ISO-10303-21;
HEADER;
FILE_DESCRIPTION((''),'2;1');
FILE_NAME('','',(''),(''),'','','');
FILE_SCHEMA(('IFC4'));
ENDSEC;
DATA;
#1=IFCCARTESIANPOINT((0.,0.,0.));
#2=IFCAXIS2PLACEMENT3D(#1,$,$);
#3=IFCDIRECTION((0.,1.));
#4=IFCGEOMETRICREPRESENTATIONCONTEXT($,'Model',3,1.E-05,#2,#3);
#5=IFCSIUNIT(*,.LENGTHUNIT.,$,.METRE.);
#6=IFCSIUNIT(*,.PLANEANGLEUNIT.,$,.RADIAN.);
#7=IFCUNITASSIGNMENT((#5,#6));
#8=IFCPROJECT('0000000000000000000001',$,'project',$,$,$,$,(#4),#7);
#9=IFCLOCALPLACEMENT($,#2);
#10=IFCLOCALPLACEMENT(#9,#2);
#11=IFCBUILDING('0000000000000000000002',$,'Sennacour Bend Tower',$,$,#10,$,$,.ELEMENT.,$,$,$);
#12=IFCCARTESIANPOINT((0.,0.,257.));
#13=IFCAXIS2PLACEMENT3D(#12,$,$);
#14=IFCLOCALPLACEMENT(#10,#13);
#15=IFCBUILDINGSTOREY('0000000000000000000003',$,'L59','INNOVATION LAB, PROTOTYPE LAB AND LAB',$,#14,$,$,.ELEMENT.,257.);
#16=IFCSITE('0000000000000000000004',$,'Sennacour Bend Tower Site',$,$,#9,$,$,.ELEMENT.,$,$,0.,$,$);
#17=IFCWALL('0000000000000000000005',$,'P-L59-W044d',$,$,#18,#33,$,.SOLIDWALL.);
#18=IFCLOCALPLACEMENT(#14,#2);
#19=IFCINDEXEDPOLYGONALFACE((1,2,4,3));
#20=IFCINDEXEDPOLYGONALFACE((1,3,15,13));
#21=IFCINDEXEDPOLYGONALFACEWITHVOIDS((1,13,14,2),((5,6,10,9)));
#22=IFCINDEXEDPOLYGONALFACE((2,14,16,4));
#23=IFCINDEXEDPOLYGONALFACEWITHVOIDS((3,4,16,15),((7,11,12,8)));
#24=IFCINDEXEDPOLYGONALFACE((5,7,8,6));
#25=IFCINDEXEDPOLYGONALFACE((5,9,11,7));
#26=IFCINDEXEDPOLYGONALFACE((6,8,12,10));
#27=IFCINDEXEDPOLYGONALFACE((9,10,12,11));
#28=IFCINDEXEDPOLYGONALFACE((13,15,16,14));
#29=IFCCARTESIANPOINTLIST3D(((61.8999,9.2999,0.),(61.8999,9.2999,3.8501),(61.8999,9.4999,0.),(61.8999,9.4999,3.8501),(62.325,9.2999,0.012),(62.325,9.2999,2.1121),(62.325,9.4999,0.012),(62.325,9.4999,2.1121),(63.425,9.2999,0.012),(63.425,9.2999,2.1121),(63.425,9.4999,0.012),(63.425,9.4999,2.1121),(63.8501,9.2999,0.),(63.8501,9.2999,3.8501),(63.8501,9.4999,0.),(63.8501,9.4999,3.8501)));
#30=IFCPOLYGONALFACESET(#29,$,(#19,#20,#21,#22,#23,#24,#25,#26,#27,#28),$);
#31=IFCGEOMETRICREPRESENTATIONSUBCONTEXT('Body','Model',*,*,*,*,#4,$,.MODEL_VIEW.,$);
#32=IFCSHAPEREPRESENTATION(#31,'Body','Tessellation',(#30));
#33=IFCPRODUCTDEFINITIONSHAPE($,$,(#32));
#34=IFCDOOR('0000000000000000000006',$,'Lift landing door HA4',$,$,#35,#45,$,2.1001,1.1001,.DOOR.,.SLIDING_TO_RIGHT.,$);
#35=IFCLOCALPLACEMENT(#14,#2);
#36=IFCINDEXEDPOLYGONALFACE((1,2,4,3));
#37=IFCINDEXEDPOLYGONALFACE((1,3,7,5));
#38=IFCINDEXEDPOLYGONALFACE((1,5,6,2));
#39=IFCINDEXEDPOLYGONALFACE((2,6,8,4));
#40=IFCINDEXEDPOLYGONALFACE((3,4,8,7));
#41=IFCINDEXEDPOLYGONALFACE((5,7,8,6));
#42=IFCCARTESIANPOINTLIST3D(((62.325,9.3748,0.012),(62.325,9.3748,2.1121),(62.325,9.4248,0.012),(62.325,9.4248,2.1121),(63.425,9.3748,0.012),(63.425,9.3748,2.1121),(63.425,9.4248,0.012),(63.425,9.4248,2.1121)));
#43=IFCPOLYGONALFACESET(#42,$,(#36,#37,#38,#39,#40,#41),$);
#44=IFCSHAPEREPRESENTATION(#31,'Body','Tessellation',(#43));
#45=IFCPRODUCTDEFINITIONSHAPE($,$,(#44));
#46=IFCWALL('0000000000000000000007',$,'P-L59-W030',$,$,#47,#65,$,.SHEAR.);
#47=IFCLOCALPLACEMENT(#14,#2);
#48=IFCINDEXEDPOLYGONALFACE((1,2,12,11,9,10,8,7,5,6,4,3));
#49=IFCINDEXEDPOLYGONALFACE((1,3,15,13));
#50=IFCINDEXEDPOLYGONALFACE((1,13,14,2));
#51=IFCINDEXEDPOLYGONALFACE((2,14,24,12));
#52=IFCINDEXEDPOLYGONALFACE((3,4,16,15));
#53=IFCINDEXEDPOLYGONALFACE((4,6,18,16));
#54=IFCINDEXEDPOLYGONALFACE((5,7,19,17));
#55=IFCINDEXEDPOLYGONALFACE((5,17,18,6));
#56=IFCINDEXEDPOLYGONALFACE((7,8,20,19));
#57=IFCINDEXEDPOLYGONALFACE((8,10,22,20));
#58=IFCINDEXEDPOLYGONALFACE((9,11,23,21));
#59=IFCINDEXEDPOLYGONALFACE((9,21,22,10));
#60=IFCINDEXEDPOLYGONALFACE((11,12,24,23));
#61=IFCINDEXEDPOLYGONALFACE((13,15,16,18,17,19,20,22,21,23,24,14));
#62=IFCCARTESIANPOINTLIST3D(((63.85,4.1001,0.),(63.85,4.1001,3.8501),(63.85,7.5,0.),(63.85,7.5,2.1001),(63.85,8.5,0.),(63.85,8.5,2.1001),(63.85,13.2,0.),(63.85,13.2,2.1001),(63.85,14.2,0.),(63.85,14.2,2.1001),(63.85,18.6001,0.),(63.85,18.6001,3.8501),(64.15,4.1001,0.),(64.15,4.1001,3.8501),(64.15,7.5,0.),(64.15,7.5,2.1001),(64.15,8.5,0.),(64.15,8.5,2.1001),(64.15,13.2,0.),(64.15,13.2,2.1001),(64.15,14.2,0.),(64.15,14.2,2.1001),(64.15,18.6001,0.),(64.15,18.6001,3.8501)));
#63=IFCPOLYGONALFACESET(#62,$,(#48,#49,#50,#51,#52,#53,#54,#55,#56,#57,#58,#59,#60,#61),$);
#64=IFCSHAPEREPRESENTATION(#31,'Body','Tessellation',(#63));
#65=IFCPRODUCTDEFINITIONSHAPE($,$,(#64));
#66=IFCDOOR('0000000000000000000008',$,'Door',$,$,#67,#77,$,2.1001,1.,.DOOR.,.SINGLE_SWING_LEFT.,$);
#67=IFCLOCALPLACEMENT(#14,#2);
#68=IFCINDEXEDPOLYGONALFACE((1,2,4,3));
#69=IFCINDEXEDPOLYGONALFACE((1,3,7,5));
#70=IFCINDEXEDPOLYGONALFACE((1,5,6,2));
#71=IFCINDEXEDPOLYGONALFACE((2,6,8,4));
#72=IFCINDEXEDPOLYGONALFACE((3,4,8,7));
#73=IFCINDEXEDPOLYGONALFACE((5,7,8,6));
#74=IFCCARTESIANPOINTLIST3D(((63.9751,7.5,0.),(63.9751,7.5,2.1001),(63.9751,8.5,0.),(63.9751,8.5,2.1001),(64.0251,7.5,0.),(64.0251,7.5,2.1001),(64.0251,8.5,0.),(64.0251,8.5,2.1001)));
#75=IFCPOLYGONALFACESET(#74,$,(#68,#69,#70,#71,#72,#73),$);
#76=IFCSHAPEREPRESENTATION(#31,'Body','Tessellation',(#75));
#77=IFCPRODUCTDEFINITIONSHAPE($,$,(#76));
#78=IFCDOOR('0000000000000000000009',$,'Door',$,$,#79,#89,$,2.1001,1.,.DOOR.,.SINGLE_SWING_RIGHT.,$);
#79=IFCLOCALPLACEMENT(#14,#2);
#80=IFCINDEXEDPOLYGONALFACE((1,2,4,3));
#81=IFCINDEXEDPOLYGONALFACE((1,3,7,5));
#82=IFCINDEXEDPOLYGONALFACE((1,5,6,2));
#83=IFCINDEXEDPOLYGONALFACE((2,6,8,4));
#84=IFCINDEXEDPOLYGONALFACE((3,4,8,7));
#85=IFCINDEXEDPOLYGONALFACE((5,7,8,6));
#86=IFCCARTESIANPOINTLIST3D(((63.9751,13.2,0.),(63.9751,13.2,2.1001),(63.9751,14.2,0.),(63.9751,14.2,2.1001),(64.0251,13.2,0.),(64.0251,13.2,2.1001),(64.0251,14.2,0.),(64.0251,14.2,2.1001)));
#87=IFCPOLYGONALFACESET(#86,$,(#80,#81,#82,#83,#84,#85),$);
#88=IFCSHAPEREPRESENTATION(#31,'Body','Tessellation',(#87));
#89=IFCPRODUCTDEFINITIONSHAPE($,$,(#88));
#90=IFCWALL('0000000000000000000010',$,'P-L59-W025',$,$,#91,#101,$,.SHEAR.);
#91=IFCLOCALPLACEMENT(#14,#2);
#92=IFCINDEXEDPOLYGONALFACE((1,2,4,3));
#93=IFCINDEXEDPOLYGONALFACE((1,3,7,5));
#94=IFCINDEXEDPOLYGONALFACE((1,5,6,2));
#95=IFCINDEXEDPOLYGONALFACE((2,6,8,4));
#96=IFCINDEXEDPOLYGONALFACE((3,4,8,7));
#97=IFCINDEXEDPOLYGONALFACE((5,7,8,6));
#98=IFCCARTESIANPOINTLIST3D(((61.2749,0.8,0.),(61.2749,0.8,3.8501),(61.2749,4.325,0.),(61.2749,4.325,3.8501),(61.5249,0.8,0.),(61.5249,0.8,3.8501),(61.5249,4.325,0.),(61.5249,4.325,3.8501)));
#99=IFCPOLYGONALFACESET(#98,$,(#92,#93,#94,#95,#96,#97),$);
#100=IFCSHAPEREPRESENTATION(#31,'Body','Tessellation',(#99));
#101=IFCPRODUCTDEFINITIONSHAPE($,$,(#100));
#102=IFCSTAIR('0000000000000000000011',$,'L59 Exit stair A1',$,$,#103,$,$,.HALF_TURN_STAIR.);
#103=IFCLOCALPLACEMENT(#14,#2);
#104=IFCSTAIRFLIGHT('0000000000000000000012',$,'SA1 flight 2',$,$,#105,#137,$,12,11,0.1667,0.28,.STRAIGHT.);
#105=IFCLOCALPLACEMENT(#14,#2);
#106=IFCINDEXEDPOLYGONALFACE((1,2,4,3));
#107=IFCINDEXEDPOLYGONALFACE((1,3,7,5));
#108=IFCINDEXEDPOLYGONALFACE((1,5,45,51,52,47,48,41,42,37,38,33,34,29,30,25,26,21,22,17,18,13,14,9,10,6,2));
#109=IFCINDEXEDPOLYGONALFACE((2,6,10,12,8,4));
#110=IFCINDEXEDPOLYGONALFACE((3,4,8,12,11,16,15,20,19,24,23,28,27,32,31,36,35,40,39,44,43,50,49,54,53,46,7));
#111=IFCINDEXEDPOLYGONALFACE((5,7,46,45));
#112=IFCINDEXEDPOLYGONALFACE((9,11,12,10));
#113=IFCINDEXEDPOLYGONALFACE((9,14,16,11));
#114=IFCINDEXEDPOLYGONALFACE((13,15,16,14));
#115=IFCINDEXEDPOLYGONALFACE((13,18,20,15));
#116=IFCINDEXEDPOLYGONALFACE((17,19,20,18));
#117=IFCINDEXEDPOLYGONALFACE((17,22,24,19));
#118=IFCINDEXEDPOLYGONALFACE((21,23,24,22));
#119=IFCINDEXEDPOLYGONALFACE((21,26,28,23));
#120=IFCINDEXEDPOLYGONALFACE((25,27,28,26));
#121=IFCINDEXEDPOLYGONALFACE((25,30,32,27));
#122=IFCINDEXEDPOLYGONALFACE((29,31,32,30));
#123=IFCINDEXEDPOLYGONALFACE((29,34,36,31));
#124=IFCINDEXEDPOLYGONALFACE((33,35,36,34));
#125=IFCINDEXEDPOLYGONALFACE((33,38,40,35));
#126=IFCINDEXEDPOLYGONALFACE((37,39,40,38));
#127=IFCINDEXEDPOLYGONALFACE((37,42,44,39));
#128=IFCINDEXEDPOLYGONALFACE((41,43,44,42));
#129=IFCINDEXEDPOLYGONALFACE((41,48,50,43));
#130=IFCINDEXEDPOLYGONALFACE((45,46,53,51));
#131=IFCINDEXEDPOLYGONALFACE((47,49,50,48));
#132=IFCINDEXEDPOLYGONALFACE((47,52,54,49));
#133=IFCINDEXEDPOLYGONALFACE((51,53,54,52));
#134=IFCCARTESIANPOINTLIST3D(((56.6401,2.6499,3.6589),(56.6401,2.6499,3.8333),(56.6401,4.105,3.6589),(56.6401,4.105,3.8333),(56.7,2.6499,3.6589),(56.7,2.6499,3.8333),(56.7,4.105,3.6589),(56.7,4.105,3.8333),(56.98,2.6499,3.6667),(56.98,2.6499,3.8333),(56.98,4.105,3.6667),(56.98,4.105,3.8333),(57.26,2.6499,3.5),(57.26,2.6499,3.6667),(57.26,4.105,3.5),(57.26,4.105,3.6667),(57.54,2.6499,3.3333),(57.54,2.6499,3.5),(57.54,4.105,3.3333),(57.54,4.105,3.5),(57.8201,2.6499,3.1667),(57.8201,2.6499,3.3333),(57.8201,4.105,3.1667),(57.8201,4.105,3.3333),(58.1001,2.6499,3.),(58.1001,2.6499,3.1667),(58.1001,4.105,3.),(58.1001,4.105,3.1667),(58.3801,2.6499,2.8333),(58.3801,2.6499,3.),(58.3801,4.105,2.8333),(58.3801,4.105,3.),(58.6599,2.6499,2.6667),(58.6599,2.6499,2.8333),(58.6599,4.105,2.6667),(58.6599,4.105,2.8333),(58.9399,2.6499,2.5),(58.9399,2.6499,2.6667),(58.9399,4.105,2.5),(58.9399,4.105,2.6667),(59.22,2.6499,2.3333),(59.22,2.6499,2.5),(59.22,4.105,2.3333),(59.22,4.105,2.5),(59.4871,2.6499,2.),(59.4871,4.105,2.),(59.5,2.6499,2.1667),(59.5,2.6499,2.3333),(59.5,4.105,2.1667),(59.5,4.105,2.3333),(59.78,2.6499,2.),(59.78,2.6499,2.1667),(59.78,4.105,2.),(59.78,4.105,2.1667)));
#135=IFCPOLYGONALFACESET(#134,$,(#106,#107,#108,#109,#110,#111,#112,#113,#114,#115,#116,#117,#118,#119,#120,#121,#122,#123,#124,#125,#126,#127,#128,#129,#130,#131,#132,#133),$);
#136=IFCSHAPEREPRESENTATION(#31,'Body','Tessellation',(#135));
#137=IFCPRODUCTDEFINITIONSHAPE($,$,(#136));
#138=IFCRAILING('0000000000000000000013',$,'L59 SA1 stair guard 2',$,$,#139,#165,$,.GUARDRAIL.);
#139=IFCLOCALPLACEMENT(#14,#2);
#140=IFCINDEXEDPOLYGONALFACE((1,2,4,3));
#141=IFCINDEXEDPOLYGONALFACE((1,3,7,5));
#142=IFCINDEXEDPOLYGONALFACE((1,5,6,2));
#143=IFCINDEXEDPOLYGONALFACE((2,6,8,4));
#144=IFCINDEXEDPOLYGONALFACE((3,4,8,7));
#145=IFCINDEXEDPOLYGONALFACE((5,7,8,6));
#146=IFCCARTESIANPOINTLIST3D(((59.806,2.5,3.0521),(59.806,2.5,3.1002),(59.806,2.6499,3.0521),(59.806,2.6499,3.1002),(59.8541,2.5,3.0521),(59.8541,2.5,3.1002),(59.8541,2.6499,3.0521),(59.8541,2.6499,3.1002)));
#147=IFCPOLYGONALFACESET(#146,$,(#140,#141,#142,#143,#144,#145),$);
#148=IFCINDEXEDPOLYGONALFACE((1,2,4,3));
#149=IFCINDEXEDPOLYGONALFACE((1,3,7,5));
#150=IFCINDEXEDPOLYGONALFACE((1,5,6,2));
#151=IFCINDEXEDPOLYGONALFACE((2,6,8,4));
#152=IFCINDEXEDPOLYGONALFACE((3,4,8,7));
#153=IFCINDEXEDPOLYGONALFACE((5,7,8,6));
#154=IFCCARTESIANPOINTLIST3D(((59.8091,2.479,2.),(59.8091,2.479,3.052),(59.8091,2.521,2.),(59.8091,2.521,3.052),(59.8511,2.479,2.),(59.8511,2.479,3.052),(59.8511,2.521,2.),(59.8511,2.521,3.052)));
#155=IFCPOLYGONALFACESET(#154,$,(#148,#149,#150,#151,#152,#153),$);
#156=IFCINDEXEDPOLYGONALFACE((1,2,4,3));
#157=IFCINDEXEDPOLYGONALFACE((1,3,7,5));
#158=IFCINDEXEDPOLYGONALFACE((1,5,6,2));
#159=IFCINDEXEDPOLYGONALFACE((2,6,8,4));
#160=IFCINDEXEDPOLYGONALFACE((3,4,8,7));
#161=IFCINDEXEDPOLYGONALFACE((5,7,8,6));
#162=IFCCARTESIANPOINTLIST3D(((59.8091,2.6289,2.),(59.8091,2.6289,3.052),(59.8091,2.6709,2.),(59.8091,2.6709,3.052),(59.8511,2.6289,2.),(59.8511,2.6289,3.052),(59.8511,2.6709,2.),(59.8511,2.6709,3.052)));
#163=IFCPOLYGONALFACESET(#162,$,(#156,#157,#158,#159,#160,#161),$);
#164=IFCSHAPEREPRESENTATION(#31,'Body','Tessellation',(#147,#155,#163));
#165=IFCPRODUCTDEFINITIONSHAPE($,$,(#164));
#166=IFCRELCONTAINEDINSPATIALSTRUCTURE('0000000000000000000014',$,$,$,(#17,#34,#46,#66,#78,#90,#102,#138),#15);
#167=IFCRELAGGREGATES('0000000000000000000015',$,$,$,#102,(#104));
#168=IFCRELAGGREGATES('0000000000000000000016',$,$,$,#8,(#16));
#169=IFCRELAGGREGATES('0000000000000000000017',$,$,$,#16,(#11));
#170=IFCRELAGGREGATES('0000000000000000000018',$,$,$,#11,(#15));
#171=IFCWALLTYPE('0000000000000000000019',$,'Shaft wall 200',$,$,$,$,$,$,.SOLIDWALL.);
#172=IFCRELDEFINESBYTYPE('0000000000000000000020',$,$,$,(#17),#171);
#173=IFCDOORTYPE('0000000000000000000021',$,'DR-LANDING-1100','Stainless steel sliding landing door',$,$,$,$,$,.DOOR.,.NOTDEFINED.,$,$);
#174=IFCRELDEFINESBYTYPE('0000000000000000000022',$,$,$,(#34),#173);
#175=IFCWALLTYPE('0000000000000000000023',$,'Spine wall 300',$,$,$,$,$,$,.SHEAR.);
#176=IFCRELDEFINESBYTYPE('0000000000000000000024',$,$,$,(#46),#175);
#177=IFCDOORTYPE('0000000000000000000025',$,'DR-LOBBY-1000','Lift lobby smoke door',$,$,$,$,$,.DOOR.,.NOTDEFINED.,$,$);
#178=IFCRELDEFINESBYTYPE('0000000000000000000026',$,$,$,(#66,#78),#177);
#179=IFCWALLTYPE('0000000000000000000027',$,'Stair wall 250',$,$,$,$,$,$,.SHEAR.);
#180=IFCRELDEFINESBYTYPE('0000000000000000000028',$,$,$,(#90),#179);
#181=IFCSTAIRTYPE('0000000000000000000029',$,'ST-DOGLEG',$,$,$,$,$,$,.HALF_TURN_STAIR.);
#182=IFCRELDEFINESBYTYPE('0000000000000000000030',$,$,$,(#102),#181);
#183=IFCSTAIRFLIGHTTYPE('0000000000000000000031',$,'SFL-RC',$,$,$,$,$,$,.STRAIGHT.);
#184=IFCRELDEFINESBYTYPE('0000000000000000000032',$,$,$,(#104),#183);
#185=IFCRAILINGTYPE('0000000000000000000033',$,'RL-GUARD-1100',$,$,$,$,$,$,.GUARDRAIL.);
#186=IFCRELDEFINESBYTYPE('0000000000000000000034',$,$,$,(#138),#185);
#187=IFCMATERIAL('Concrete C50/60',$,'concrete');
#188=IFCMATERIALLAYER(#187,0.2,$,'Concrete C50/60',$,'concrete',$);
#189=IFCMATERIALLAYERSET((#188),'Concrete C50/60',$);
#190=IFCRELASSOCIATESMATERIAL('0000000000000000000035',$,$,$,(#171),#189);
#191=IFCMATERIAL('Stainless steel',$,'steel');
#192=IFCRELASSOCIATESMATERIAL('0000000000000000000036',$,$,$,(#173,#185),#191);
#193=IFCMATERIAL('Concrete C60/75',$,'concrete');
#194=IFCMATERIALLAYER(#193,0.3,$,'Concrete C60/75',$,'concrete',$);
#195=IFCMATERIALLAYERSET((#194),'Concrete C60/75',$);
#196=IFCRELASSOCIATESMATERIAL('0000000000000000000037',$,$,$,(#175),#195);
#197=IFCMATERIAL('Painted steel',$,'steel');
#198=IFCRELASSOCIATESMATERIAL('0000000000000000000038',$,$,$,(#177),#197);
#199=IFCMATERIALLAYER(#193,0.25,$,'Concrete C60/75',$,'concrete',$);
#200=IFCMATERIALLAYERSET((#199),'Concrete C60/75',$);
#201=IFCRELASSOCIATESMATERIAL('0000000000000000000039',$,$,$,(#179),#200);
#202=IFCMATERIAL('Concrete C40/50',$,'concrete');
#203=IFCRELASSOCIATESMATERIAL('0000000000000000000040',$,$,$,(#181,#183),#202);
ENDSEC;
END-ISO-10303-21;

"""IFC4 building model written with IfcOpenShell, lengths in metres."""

from ifc_helpers import new_model, si_unit, direction, frame, frame_2d, origin, origin_2d, place, context, subcontext, project, spatial, polyline, rectangle, outline, extrude, material, layer, layer_set, type_object, element, fill, aggregate, save


model = new_model("IFC4")

# Units and contexts
model_context = context("Model", 3, precision=1e-05, world=origin(), true_north=direction((0.0, 1.0)))
body_context = subcontext(model_context, "Body", "Model", "MODEL_VIEW")
ifc_project = project(units=[si_unit("LENGTHUNIT", "METRE"), si_unit("PLANEANGLEUNIT", "RADIAN")], contexts=[model_context])

# Site, building, storey
site_placement = place(None, origin())
site = spatial("IfcSite", under=ifc_project, at=site_placement, Name="Sennacour Bend Tower Site", CompositionType="ELEMENT", RefElevation=0.0)
building_placement = place(site_placement, origin())
building = spatial("IfcBuilding", under=site, at=building_placement, Name="Sennacour Bend Tower", CompositionType="ELEMENT")
storey_placement = place(building_placement, frame((0.0, 0.0, 257.0)))
storey = spatial("IfcBuildingStorey", under=building, at=storey_placement, Name="L59", Description="INNOVATION LAB, PROTOTYPE LAB AND LAB", CompositionType="ELEMENT", Elevation=257.0)

# Shared definitions
ifc_material_1 = material(Name="Concrete C50/60", Category="concrete")

# Shared definitions
ifc_material_2 = material(Name="Painted steel", Category="steel")

# Shared definitions
ifc_layer_1 = layer(ifc_material_1, 0.2, Name="Concrete C50/60", Category="concrete")
ifc_layer_set_1 = layer_set([ifc_layer_1], Name="Concrete C50/60")
wall_type_1 = type_object("IfcWallType", Name="Shaft wall 200", PredefinedType="SOLIDWALL", material=ifc_layer_set_1)

# Wall, opening, door
wall_1_placement = place(storey_placement, frame((61.8999, 9.3999, 0.0), z_axis=(0.0, 0.0, 1.0), x_axis=(1.0, 0.0, 0.0)))
wall_1 = element("IfcWall", 1, at=wall_1_placement, inside=storey, type_object=wall_type_1, Name="P-L59-W044d", PredefinedType="SOLIDWALL", context=body_context, shape_type="SweptSolid", body=[
    extrude(rectangle(XDim=1.9502, YDim=0.2, at=frame_2d((0.9751, 0.0))), origin(), (0.0, 0.0, 1.0), 3.8501),
])
opening_1_placement = place(wall_1_placement, frame((0.425, 0.0, 0.012)))
opening_1 = element("IfcOpeningElement", 2, at=opening_1_placement, cuts=wall_1, PredefinedType="OPENING", context=body_context, shape_type="SweptSolid", body=[
    extrude(rectangle(XDim=1.1001, YDim=2.1001, at=frame_2d((0.55, 1.05))), frame((0.0, 0.1099, 0.0), z_axis=(0.0, -1.0, 0.0), x_axis=(1.0, 0.0, 0.0)), (0.0, 0.0, 1.0), 0.22),
])
ifc_material_3 = material(Name="Stainless steel", Category="steel")
door_type_1 = type_object("IfcDoorType", Name="DR-LANDING-1100", Description="Stainless steel sliding landing door", OperationType="NOTDEFINED", PredefinedType="DOOR", material=ifc_material_3)
door_1_placement = place(opening_1_placement, origin())
door_1 = element("IfcDoor", 3, at=door_1_placement, inside=storey, type_object=door_type_1, Name="Lift landing door HA4", OperationType="SLIDING_TO_RIGHT", OverallHeight=2.1001, OverallWidth=1.1001, PredefinedType="DOOR", context=body_context, shape_type="SweptSolid", body=[
    extrude(rectangle(XDim=1.1001, YDim=2.1001, at=frame_2d((0.55, 1.05))), frame((0.0, 0.0249, 0.0), z_axis=(0.0, -1.0, 0.0), x_axis=(1.0, 0.0, 0.0)), (0.0, 0.0, 1.0), 0.05),
])
fill(opening_1, door_1)

# Wall, openings, doors
ifc_material_4 = material(Name="Concrete C60/75", Category="concrete")
ifc_layer_2 = layer(ifc_material_4, 0.3, Name="Concrete C60/75", Category="concrete")
ifc_layer_set_2 = layer_set([ifc_layer_2], Name="Concrete C60/75")
wall_type_2 = type_object("IfcWallType", Name="Spine wall 300", PredefinedType="SHEAR", material=ifc_layer_set_2)
wall_2_placement = place(storey_placement, frame((64.0, 4.1001, 0.0), z_axis=(0.0, 0.0, 1.0), x_axis=(0.0, 1.0, 0.0)))
wall_2 = element("IfcWall", 4, at=wall_2_placement, inside=storey, type_object=wall_type_2, Name="P-L59-W030", PredefinedType="SHEAR", context=body_context, shape_type="SweptSolid", body=[
    extrude(rectangle(XDim=14.5, YDim=0.3, at=frame_2d((7.25, 0.0))), origin(), (0.0, 0.0, 1.0), 3.8501),
])
opening_2_placement = place(wall_2_placement, frame((3.3999, 0.0, 0.0)))
opening_2 = element("IfcOpeningElement", 5, at=opening_2_placement, cuts=wall_2, PredefinedType="OPENING", context=body_context, shape_type="SweptSolid", body=[
    extrude(rectangle(XDim=1.0, YDim=2.1001, at=frame_2d((0.5, 1.05))), frame((0.0, 0.1602, 0.0), z_axis=(0.0, -1.0, 0.0), x_axis=(1.0, 0.0, 0.0)), (0.0, 0.0, 1.0), 0.3201),
])
opening_3_placement = place(wall_2_placement, frame((9.0999, 0.0, 0.0)))
opening_3 = element("IfcOpeningElement", 6, at=opening_3_placement, cuts=wall_2, PredefinedType="OPENING", context=body_context, shape_type="SweptSolid", body=[
    extrude(rectangle(XDim=1.0, YDim=2.1001, at=frame_2d((0.5, 1.05))), frame((0.0, 0.1602, 0.0), z_axis=(0.0, -1.0, 0.0), x_axis=(1.0, 0.0, 0.0)), (0.0, 0.0, 1.0), 0.3201),
])
door_type_2 = type_object("IfcDoorType", Name="DR-LOBBY-1000", Description="Lift lobby smoke door", OperationType="NOTDEFINED", PredefinedType="DOOR", material=ifc_material_2)
door_2_placement = place(opening_2_placement, origin())
door_2 = element("IfcDoor", 7, at=door_2_placement, inside=storey, type_object=door_type_2, Name="Door", OperationType="SINGLE_SWING_LEFT", OverallHeight=2.1001, OverallWidth=1.0, PredefinedType="DOOR", context=body_context, shape_type="SweptSolid", body=[
    extrude(rectangle(XDim=1.0, YDim=2.1001, at=frame_2d((0.5, 1.05))), frame((0.0, 0.0249, 0.0), z_axis=(0.0, -1.0, 0.0), x_axis=(1.0, 0.0, 0.0)), (0.0, 0.0, 1.0), 0.05),
])
fill(opening_2, door_2)
door_3_placement = place(opening_3_placement, origin())
door_3 = element("IfcDoor", 8, at=door_3_placement, inside=storey, type_object=door_type_2, Name="Door", OperationType="SINGLE_SWING_RIGHT", OverallHeight=2.1001, OverallWidth=1.0, PredefinedType="DOOR", context=body_context, shape_type="SweptSolid", body=[
    extrude(rectangle(XDim=1.0, YDim=2.1001, at=frame_2d((0.5, 1.05))), frame((0.0, 0.0249, 0.0), z_axis=(0.0, -1.0, 0.0), x_axis=(1.0, 0.0, 0.0)), (0.0, 0.0, 1.0), 0.05),
])
fill(opening_3, door_3)

# Wall
ifc_layer_3 = layer(ifc_material_4, 0.25, Name="Concrete C60/75", Category="concrete")
ifc_layer_set_3 = layer_set([ifc_layer_3], Name="Concrete C60/75")
wall_type_3 = type_object("IfcWallType", Name="Stair wall 250", PredefinedType="SHEAR", material=ifc_layer_set_3)
wall_3_placement = place(storey_placement, frame((61.3999, 0.8, 0.0), z_axis=(0.0, 0.0, 1.0), x_axis=(0.0, 1.0, 0.0)))
element("IfcWall", 9, at=wall_3_placement, inside=storey, type_object=wall_type_3, Name="P-L59-W025", PredefinedType="SHEAR", context=body_context, shape_type="SweptSolid", body=[
    extrude(rectangle(XDim=3.5249, YDim=0.25, at=frame_2d((1.7625, 0.0))), origin(), (0.0, 0.0, 1.0), 3.8501),
])

# Stair, stair flight
ifc_material_5 = material(Name="Concrete C40/50", Category="concrete")
stair_type = type_object("IfcStairType", Name="ST-DOGLEG", PredefinedType="HALF_TURN_STAIR", material=ifc_material_5)
stair_placement = place(storey_placement, origin())
stair = element("IfcStair", 10, at=stair_placement, inside=storey, type_object=stair_type, Name="L59 Exit stair A1", PredefinedType="HALF_TURN_STAIR")
stair_flight_type = type_object("IfcStairFlightType", Name="SFL-RC", PredefinedType="STRAIGHT", material=ifc_material_5)
stair_flight_placement = place(storey_placement, frame((59.78, 3.3774, 2.0), z_axis=(0.0, 0.0, 1.0), x_axis=(-1.0, 0.0, 0.0)))
stair_flight = element("IfcStairFlight", 11, at=stair_flight_placement, type_object=stair_flight_type, Name="SA1 flight 2", NumberOfRisers=12, NumberOfTreads=11, PredefinedType="STRAIGHT", RiserHeight=0.1667, TreadLength=0.28, context=body_context, shape_type="SweptSolid", body=[
    extrude(outline(polyline([(0.0, 0.0), (0.0, 0.1667), (0.28, 0.1667), (0.28, 0.3333), (0.5601, 0.3333), (0.5601, 0.5), (0.8401, 0.5), (0.8401, 0.6667), (1.1201, 0.6667), (1.1201, 0.8333), (1.3999, 0.8333), (1.3999, 1.0), (1.6799, 1.0), (1.6799, 1.1667), (1.96, 1.1667), (1.96, 1.3333), (2.24, 1.3333), (2.24, 1.5), (2.52, 1.5), (2.52, 1.6667), (2.8, 1.6667), (2.8, 1.8333), (3.0801, 1.8333), (3.1399, 1.8333), (3.1399, 1.6589), (3.0801, 1.6589), (0.293, 0.0), (0.0, 0.0)])), frame((0.0, 0.7275, 0.0), z_axis=(0.0, -1.0, 0.0), x_axis=(1.0, 0.0, 0.0)), (0.0, 0.0, 1.0), 1.4551),
])
aggregate(stair, [stair_flight])

# Railing
railing_type_1 = type_object("IfcRailingType", Name="RL-GUARD-1100", PredefinedType="GUARDRAIL", material=ifc_material_3)
railing_1_placement = place(storey_placement, frame((59.8301, 2.5, 2.0)))
element("IfcRailing", 12, at=railing_1_placement, inside=storey, type_object=railing_type_1, Name="L59 SA1 stair guard 2", PredefinedType="GUARDRAIL", context=body_context, shape_type="SweptSolid", body=[
    extrude(rectangle(XDim=0.0481, YDim=0.0481, at=origin_2d()), frame((0.0, 0.0, 1.0762), z_axis=(0.0, 1.0, 0.0), x_axis=(-1.0, 0.0, 0.0)), (0.0, 0.0, 1.0), 0.1499),
    extrude(rectangle(XDim=0.042, YDim=0.042, at=origin_2d()), origin(), (0.0, 0.0, 1.0), 1.052),
    extrude(rectangle(XDim=0.042, YDim=0.042, at=origin_2d()), frame((0.0, 0.1499, 0.0)), (0.0, 0.0, 1.0), 1.052),
])

save(model, "model.ifc")
